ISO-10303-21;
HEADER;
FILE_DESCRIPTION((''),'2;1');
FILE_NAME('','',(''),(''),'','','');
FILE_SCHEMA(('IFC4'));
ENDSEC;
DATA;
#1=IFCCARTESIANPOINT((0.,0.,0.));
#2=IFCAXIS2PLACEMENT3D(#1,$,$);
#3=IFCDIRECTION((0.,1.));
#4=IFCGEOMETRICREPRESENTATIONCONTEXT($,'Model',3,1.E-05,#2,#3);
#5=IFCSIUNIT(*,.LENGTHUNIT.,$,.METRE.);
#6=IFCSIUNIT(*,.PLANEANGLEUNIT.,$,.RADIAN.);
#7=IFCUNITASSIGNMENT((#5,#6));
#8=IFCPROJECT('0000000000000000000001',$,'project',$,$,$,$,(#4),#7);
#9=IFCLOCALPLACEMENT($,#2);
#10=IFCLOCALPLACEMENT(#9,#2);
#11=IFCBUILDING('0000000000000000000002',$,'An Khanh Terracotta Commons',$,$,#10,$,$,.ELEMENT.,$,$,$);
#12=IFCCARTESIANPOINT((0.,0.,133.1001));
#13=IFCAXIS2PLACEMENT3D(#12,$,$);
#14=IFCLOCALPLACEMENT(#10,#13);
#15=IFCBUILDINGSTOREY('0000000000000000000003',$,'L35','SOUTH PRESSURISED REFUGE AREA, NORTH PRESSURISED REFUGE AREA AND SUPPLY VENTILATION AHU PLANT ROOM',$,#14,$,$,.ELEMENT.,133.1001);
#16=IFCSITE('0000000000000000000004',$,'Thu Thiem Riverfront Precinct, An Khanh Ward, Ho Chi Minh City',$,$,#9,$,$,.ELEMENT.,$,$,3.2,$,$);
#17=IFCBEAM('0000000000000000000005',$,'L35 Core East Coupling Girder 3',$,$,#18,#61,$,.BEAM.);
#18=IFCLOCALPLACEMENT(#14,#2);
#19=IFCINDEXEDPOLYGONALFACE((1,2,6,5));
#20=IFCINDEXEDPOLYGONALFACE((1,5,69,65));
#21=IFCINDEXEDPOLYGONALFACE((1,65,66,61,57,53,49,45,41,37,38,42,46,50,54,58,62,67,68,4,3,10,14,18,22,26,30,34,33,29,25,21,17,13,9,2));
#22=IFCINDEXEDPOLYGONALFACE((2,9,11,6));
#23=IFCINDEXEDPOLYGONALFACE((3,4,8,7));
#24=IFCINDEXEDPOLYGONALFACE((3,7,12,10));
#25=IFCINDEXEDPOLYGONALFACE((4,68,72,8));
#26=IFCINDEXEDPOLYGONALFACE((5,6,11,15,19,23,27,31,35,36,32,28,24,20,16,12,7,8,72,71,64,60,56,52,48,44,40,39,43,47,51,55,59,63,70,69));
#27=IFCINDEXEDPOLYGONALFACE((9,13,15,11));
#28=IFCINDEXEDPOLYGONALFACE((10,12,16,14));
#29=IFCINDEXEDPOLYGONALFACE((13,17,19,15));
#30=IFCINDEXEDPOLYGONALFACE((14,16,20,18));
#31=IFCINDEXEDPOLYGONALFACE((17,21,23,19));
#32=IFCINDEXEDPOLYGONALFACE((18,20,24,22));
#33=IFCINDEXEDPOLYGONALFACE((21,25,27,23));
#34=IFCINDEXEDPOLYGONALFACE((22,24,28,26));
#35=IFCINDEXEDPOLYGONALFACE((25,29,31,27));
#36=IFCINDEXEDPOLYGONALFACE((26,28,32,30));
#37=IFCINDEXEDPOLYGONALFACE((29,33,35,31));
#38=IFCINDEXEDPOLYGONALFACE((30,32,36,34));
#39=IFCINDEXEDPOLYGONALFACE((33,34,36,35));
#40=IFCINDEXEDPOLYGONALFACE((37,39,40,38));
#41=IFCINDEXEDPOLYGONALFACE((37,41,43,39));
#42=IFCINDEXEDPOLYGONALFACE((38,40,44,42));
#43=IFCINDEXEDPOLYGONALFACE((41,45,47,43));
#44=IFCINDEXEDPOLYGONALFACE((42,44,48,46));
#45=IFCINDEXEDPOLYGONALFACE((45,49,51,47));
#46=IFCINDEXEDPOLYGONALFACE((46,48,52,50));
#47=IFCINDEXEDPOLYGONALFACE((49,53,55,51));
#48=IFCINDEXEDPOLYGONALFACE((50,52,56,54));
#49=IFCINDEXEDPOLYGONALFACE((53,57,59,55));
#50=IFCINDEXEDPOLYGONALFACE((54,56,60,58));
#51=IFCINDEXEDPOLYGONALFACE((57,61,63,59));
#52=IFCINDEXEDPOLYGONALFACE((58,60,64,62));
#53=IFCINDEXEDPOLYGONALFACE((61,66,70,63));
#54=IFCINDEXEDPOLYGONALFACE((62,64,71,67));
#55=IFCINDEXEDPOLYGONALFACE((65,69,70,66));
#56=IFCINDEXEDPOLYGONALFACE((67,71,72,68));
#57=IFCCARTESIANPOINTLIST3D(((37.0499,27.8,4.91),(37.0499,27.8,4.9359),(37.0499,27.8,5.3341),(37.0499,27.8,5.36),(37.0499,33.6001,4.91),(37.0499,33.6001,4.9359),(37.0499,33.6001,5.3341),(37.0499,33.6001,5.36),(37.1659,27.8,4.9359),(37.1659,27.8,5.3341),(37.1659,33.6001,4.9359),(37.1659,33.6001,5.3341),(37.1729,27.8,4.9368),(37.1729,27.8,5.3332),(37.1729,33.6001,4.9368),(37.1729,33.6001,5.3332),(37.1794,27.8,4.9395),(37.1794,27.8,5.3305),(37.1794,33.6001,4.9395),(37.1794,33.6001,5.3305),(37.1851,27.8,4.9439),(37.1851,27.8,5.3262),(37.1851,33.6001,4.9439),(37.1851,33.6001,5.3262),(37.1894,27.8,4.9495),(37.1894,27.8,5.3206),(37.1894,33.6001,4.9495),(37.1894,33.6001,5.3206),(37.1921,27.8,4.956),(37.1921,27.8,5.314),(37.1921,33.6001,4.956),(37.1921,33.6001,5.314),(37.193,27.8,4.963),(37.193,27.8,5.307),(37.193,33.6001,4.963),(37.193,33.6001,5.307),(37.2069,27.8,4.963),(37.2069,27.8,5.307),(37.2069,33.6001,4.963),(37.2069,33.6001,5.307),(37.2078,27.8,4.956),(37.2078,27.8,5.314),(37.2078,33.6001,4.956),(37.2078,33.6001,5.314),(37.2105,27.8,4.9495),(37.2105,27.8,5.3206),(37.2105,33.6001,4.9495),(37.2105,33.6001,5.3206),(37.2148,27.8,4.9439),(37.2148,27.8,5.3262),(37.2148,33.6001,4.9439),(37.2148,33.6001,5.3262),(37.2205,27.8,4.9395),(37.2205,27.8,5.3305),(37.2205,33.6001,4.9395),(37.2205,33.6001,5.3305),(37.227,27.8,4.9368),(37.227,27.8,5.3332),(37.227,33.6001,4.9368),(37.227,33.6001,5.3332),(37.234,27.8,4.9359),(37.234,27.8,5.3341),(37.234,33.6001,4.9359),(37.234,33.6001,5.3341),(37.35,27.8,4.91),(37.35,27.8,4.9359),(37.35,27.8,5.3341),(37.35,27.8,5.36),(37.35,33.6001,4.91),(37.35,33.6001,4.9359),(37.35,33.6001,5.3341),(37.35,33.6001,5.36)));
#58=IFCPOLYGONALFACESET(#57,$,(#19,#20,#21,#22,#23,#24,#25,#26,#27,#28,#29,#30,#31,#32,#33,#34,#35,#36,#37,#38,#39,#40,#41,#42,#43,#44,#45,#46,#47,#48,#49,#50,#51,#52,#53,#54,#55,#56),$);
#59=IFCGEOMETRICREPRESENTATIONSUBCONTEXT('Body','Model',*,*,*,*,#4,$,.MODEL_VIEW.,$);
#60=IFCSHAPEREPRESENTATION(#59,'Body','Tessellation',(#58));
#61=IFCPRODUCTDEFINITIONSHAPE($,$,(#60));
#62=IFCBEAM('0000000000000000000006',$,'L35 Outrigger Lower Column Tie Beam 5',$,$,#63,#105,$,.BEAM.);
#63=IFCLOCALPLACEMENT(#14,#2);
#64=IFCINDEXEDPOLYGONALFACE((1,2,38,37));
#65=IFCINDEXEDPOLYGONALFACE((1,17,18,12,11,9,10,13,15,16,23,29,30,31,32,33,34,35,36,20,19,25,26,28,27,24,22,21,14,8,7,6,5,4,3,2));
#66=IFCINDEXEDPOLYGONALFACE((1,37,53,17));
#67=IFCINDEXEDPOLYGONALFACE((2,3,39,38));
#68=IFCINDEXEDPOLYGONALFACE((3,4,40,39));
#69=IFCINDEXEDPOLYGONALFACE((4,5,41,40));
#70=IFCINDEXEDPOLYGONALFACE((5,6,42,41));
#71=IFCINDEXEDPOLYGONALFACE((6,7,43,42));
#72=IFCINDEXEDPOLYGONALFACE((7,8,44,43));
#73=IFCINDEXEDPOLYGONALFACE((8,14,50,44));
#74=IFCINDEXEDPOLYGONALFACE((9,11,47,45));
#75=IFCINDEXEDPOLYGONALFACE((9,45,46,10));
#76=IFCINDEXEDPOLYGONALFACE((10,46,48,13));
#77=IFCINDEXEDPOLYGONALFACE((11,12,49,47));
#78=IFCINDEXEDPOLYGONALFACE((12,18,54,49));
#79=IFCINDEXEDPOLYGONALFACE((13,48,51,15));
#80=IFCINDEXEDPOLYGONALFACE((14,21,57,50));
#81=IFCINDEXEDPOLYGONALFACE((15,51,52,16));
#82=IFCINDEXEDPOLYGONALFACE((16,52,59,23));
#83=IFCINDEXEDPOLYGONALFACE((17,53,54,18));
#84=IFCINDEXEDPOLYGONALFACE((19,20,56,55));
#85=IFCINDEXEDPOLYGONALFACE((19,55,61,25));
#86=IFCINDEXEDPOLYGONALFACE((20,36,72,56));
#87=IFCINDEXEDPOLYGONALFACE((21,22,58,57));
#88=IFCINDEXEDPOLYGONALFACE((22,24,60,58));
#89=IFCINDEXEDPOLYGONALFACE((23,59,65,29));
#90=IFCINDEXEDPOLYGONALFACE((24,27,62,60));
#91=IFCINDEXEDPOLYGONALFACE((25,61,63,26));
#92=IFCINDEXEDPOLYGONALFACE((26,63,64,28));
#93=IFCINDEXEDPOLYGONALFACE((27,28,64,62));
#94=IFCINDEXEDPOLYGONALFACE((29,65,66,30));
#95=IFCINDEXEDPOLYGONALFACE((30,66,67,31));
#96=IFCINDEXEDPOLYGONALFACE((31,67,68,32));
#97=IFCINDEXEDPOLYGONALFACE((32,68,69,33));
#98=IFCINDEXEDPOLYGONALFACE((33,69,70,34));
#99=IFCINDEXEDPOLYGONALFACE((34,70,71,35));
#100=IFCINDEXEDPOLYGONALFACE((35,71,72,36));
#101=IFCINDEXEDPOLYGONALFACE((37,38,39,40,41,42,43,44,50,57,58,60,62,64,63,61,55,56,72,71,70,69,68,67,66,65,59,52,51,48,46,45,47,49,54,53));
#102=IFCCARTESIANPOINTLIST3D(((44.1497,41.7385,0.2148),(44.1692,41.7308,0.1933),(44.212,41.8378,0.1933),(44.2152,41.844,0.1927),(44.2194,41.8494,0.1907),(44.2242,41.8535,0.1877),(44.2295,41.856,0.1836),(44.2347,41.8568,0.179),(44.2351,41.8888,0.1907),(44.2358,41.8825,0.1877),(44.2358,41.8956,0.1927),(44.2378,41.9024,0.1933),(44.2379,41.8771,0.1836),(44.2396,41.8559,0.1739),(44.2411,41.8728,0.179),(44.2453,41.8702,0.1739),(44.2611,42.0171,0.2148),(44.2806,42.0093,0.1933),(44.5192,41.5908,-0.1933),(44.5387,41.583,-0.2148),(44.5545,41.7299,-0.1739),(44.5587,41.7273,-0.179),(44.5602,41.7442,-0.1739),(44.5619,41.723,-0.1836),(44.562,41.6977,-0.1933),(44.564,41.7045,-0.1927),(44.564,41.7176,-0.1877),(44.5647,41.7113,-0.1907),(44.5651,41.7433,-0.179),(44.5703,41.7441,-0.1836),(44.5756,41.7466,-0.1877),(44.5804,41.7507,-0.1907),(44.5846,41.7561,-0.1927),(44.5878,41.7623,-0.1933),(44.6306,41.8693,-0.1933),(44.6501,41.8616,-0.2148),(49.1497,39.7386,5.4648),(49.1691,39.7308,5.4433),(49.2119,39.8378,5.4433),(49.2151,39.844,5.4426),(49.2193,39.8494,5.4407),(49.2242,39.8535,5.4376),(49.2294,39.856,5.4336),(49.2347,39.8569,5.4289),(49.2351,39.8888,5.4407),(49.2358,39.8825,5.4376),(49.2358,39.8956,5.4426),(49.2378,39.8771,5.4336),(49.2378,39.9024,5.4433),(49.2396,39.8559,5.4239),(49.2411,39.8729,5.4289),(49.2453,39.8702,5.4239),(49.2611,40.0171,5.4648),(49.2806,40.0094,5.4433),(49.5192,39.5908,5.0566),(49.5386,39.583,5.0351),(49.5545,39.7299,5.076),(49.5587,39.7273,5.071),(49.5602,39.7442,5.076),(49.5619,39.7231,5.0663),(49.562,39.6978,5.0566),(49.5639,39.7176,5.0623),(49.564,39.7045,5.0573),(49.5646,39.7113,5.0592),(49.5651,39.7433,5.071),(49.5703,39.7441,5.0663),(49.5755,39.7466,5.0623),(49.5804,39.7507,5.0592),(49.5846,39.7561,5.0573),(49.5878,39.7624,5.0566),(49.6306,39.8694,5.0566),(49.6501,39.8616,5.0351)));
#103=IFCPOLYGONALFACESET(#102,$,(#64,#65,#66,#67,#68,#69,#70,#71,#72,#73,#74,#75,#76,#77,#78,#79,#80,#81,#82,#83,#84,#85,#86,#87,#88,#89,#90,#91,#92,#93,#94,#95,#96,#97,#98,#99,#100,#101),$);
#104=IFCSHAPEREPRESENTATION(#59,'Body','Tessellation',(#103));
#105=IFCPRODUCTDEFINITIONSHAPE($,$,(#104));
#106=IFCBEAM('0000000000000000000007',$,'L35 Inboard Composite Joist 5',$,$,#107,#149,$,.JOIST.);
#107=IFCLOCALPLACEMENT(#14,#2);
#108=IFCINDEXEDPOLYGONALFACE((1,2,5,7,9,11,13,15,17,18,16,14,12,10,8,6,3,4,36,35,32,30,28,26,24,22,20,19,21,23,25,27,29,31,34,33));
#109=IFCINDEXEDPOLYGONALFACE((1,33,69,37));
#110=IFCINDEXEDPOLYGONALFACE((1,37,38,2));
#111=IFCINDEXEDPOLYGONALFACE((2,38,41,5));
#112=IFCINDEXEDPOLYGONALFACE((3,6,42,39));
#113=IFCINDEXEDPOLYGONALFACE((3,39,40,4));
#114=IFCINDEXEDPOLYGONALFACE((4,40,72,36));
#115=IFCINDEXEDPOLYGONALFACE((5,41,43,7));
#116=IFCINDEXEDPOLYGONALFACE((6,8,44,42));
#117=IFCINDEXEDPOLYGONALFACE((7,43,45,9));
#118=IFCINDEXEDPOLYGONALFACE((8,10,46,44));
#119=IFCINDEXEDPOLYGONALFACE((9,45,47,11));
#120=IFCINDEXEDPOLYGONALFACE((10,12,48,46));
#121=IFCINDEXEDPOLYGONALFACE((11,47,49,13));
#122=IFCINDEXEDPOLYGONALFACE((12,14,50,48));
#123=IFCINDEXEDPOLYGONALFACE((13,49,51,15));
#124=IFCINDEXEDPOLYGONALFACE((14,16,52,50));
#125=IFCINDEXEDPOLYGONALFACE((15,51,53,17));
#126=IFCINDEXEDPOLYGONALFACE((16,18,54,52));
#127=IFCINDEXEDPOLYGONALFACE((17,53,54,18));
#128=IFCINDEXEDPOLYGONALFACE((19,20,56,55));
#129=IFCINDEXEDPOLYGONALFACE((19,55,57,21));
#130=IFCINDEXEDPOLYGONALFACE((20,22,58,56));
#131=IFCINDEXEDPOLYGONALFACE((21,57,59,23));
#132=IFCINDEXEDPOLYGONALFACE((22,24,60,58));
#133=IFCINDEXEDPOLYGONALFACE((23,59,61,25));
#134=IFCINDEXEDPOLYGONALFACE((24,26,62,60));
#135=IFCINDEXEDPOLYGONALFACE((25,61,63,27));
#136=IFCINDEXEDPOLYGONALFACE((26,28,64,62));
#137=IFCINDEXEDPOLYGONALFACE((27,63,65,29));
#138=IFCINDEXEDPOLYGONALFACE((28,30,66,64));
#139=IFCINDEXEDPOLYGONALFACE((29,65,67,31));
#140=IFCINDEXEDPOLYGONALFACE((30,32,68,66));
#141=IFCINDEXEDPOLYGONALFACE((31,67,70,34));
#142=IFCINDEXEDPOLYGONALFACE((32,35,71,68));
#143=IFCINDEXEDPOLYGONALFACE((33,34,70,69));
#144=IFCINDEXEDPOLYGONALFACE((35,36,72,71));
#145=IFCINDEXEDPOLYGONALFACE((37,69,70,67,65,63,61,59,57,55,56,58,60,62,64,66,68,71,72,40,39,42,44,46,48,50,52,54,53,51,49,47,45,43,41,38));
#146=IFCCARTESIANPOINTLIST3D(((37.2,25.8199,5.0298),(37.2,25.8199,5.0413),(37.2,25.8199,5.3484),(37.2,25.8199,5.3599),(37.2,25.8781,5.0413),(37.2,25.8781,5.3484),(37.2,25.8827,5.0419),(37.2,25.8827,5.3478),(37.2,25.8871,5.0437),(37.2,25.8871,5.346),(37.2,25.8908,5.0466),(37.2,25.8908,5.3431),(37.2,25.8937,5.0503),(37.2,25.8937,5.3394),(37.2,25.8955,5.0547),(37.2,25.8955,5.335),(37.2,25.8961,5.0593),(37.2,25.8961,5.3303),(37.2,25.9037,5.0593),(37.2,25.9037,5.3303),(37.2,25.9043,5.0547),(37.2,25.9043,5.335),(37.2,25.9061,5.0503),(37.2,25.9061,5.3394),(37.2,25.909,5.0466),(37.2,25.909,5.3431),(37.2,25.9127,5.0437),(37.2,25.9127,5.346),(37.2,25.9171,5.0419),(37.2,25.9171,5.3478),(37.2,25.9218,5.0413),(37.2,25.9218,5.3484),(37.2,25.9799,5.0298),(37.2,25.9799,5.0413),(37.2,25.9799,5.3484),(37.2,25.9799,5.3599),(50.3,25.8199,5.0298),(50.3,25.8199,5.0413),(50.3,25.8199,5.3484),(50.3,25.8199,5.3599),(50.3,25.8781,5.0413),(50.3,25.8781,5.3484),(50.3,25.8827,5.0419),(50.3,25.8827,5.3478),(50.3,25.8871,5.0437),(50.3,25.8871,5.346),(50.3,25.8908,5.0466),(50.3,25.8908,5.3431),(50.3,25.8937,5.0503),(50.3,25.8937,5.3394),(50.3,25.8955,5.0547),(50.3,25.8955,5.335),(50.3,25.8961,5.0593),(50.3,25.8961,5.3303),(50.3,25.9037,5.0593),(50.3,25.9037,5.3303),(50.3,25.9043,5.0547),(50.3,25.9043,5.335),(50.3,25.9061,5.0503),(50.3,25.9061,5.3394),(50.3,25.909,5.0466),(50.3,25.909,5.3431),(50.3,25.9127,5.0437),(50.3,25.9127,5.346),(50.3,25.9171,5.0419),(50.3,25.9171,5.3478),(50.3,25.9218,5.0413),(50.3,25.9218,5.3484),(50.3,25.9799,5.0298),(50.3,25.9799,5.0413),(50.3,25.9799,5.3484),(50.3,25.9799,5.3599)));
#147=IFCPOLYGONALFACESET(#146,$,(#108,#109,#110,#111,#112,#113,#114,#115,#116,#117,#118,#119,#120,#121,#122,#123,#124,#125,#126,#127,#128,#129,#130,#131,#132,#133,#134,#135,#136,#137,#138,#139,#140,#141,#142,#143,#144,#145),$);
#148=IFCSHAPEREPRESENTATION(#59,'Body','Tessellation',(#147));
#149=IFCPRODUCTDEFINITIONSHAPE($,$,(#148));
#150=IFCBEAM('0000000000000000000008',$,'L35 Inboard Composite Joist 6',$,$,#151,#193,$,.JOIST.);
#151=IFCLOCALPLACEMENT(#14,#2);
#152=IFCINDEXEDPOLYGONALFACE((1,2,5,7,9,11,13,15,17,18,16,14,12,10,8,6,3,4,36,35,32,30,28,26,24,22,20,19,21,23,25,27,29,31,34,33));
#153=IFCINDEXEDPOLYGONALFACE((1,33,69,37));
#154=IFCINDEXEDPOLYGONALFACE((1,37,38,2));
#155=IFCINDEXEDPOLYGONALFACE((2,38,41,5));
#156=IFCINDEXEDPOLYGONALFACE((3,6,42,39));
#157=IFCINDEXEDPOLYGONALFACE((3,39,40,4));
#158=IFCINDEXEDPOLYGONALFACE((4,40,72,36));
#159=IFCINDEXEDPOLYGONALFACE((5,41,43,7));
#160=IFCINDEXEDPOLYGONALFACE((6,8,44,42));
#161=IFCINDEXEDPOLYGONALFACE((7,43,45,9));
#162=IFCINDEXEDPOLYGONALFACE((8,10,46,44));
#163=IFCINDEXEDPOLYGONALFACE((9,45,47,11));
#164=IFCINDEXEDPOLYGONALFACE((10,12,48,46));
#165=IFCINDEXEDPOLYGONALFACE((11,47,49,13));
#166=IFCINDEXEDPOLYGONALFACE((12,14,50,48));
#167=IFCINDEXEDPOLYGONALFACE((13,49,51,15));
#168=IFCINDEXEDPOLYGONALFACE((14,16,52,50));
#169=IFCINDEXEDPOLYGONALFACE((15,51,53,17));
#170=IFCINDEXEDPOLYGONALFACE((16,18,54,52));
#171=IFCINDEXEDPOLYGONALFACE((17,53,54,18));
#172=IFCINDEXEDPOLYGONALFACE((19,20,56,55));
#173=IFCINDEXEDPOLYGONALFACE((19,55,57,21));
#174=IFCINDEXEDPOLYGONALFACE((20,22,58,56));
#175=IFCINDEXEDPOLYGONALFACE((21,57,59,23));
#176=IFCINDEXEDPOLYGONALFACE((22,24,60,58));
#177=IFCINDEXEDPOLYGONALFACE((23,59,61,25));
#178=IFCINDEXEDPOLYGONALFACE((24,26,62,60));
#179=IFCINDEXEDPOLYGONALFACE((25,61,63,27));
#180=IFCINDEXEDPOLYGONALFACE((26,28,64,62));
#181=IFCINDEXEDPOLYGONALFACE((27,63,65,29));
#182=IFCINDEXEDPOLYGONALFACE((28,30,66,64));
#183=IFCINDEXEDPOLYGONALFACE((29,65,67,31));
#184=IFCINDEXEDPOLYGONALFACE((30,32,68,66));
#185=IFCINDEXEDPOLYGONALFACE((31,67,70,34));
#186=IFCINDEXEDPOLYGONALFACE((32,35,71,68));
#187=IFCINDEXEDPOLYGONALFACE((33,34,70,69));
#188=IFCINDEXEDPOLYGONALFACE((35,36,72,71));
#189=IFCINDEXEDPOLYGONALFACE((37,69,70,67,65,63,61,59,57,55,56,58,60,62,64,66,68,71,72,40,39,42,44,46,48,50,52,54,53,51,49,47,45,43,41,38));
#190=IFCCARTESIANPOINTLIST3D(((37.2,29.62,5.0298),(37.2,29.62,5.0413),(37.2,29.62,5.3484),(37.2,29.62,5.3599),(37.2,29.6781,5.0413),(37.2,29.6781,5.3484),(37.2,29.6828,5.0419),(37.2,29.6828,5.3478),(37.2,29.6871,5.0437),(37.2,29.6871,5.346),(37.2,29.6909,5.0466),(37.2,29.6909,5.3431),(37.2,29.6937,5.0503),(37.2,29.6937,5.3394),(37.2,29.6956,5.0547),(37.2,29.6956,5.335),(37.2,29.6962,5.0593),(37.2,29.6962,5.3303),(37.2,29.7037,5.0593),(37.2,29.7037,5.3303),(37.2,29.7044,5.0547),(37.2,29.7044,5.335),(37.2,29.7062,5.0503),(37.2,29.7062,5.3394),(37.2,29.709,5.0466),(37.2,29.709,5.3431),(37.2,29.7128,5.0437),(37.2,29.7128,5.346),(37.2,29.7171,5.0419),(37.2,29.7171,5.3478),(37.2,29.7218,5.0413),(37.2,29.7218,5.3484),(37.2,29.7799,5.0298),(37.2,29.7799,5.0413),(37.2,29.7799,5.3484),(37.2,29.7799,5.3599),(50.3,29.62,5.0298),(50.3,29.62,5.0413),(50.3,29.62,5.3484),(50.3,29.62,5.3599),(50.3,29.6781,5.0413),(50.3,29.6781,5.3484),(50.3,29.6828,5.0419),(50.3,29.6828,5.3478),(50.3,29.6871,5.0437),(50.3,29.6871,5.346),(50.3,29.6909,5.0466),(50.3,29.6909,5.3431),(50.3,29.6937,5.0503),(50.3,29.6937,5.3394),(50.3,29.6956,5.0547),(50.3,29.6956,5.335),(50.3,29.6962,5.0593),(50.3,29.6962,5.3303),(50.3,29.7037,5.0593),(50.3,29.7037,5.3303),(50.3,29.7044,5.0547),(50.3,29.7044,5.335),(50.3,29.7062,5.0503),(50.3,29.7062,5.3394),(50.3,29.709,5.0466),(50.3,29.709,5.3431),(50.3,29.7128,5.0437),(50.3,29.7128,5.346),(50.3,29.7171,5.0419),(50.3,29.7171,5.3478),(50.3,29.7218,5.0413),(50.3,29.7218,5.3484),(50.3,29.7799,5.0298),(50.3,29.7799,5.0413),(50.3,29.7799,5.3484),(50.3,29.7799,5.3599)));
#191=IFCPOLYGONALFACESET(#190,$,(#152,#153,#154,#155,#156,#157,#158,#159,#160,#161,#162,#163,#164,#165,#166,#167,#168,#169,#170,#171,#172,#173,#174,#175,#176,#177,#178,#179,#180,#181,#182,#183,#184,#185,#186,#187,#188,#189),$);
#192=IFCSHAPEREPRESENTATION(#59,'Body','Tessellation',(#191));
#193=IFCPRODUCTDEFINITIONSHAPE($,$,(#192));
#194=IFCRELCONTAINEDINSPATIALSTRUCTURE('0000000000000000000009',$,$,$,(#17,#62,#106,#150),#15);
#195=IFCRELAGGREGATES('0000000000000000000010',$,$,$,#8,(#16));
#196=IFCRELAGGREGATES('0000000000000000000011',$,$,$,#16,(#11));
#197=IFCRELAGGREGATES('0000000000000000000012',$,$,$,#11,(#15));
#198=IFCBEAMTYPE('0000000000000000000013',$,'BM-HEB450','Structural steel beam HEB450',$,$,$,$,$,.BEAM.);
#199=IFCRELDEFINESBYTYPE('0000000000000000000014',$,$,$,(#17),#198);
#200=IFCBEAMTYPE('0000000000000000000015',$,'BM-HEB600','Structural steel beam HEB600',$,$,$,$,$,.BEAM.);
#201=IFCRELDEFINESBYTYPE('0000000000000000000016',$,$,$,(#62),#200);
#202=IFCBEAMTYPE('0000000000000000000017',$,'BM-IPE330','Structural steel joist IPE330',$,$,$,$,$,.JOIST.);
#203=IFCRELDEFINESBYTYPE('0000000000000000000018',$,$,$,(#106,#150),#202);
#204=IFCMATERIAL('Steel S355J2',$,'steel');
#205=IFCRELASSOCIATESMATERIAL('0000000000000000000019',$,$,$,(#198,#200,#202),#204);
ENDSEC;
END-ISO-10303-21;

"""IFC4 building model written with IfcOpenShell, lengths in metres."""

from ifc_helpers import new_model, si_unit, direction, frame, origin, origin_2d, place, context, subcontext, project, spatial, i_section, extrude, material, material_profile, profile_set, type_object, element, save


model = new_model("IFC4")

# Units and contexts
model_context = context("Model", 3, precision=1e-05, world=origin(), true_north=direction((0.0, 1.0)))
body_context = subcontext(model_context, "Body", "Model", "MODEL_VIEW")
ifc_project = project(units=[si_unit("LENGTHUNIT", "METRE"), si_unit("PLANEANGLEUNIT", "RADIAN")], contexts=[model_context])

# Site, building, storey
site_placement = place(None, origin())
site = spatial("IfcSite", under=ifc_project, at=site_placement, Name="Thu Thiem Riverfront Precinct, An Khanh Ward, Ho Chi Minh City", CompositionType="ELEMENT", RefElevation=3.2)
building_placement = place(site_placement, origin())
building = spatial("IfcBuilding", under=site, at=building_placement, Name="An Khanh Terracotta Commons", CompositionType="ELEMENT")
storey_placement = place(building_placement, frame((0.0, 0.0, 133.1001)))
storey = spatial("IfcBuildingStorey", under=building, at=storey_placement, Name="L35", Description="SOUTH PRESSURISED REFUGE AREA, NORTH PRESSURISED REFUGE AREA AND SUPPLY VENTILATION AHU PLANT ROOM", CompositionType="ELEMENT", Elevation=133.1001)

# Beams
ifc_material_1 = material(Name="Steel S355J2", Category="steel")
ifc_material_profile_1 = material_profile(ifc_material_1, i_section(OverallWidth=0.3, OverallDepth=0.45, WebThickness=0.0139, FlangeThickness=0.0259, FilletRadius=0.0271, at=origin_2d()), Name="HEB450")
ifc_profile_set_1 = profile_set([ifc_material_profile_1], Name="Steel S355J2")
beam_type_1 = type_object("IfcBeamType", Name="BM-HEB450", Description="Structural steel beam HEB450", PredefinedType="BEAM", material=ifc_profile_set_1)
beam_1_placement = place(storey_placement, frame((37.2, 27.8, 5.135), z_axis=(0.0, 1.0, 0.0), x_axis=(-1.0, 0.0, 0.0)))
element("IfcBeam", 1, at=beam_1_placement, inside=storey, type_object=beam_type_1, Name="L35 Core East Coupling Girder 3", PredefinedType="BEAM", context=body_context, shape_type="SweptSolid", body=[
    extrude(i_section(OverallWidth=0.3, OverallDepth=0.45, WebThickness=0.0139, FlangeThickness=0.0259, FilletRadius=0.0271, at=origin_2d()), origin(), (0.0, 0.0, 1.0), 5.8),
])
ifc_material_profile_2 = material_profile(ifc_material_1, i_section(OverallWidth=0.3, OverallDepth=0.6001, WebThickness=0.0154, FlangeThickness=0.03, FilletRadius=0.0271, at=origin_2d()), Name="HEB600")
ifc_profile_set_2 = profile_set([ifc_material_profile_2], Name="Steel S355J2")
beam_type_2 = type_object("IfcBeamType", Name="BM-HEB600", Description="Structural steel beam HEB600", PredefinedType="BEAM", material=ifc_profile_set_2)
beam_2_placement = place(storey_placement, frame((44.3999, 41.8, 0.0), z_axis=(0.664822, -0.265929, 0.698064), x_axis=(0.371391, 0.928477, 0.0)))
element("IfcBeam", 2, at=beam_2_placement, inside=storey, type_object=beam_type_2, Name="L35 Outrigger Lower Column Tie Beam 5", PredefinedType="BEAM", context=body_context, shape_type="SweptSolid", body=[
    extrude(i_section(OverallWidth=0.3, OverallDepth=0.6001, WebThickness=0.0154, FlangeThickness=0.03, FilletRadius=0.0271, at=origin_2d()), origin(), (0.0, 0.0, 1.0), 7.5208),
])
ifc_material_profile_3 = material_profile(ifc_material_1, i_section(OverallWidth=0.1599, OverallDepth=0.3301, WebThickness=0.0076, FlangeThickness=0.0115, FilletRadius=0.0181, at=origin_2d()), Name="IPE330")
ifc_profile_set_3 = profile_set([ifc_material_profile_3], Name="Steel S355J2")
beam_type_3 = type_object("IfcBeamType", Name="BM-IPE330", Description="Structural steel joist IPE330", PredefinedType="JOIST", material=ifc_profile_set_3)
for number, where, z_axis, x_axis, name in (
    (3, (37.2, 25.8999, 5.1948), (1.0, 0.0, 0.0), (0.0, 1.0, 0.0), "L35 Inboard Composite Joist 5"),
    (4, (37.2, 29.7, 5.1948), (1.0, 0.0, 0.0), (0.0, 1.0, 0.0), "L35 Inboard Composite Joist 6"),
):
    element("IfcBeam", number, at=place(storey_placement, frame(where, z_axis=z_axis, x_axis=x_axis)), inside=storey, type_object=beam_type_3, Name=name, PredefinedType="JOIST", context=body_context, shape_type="SweptSolid", body=[
        extrude(i_section(OverallWidth=0.1599, OverallDepth=0.3301, WebThickness=0.0076, FlangeThickness=0.0115, FilletRadius=0.0181, at=origin_2d()), origin(), (0.0, 0.0, 1.0), 13.1001),
    ])

save(model, "model.ifc")
